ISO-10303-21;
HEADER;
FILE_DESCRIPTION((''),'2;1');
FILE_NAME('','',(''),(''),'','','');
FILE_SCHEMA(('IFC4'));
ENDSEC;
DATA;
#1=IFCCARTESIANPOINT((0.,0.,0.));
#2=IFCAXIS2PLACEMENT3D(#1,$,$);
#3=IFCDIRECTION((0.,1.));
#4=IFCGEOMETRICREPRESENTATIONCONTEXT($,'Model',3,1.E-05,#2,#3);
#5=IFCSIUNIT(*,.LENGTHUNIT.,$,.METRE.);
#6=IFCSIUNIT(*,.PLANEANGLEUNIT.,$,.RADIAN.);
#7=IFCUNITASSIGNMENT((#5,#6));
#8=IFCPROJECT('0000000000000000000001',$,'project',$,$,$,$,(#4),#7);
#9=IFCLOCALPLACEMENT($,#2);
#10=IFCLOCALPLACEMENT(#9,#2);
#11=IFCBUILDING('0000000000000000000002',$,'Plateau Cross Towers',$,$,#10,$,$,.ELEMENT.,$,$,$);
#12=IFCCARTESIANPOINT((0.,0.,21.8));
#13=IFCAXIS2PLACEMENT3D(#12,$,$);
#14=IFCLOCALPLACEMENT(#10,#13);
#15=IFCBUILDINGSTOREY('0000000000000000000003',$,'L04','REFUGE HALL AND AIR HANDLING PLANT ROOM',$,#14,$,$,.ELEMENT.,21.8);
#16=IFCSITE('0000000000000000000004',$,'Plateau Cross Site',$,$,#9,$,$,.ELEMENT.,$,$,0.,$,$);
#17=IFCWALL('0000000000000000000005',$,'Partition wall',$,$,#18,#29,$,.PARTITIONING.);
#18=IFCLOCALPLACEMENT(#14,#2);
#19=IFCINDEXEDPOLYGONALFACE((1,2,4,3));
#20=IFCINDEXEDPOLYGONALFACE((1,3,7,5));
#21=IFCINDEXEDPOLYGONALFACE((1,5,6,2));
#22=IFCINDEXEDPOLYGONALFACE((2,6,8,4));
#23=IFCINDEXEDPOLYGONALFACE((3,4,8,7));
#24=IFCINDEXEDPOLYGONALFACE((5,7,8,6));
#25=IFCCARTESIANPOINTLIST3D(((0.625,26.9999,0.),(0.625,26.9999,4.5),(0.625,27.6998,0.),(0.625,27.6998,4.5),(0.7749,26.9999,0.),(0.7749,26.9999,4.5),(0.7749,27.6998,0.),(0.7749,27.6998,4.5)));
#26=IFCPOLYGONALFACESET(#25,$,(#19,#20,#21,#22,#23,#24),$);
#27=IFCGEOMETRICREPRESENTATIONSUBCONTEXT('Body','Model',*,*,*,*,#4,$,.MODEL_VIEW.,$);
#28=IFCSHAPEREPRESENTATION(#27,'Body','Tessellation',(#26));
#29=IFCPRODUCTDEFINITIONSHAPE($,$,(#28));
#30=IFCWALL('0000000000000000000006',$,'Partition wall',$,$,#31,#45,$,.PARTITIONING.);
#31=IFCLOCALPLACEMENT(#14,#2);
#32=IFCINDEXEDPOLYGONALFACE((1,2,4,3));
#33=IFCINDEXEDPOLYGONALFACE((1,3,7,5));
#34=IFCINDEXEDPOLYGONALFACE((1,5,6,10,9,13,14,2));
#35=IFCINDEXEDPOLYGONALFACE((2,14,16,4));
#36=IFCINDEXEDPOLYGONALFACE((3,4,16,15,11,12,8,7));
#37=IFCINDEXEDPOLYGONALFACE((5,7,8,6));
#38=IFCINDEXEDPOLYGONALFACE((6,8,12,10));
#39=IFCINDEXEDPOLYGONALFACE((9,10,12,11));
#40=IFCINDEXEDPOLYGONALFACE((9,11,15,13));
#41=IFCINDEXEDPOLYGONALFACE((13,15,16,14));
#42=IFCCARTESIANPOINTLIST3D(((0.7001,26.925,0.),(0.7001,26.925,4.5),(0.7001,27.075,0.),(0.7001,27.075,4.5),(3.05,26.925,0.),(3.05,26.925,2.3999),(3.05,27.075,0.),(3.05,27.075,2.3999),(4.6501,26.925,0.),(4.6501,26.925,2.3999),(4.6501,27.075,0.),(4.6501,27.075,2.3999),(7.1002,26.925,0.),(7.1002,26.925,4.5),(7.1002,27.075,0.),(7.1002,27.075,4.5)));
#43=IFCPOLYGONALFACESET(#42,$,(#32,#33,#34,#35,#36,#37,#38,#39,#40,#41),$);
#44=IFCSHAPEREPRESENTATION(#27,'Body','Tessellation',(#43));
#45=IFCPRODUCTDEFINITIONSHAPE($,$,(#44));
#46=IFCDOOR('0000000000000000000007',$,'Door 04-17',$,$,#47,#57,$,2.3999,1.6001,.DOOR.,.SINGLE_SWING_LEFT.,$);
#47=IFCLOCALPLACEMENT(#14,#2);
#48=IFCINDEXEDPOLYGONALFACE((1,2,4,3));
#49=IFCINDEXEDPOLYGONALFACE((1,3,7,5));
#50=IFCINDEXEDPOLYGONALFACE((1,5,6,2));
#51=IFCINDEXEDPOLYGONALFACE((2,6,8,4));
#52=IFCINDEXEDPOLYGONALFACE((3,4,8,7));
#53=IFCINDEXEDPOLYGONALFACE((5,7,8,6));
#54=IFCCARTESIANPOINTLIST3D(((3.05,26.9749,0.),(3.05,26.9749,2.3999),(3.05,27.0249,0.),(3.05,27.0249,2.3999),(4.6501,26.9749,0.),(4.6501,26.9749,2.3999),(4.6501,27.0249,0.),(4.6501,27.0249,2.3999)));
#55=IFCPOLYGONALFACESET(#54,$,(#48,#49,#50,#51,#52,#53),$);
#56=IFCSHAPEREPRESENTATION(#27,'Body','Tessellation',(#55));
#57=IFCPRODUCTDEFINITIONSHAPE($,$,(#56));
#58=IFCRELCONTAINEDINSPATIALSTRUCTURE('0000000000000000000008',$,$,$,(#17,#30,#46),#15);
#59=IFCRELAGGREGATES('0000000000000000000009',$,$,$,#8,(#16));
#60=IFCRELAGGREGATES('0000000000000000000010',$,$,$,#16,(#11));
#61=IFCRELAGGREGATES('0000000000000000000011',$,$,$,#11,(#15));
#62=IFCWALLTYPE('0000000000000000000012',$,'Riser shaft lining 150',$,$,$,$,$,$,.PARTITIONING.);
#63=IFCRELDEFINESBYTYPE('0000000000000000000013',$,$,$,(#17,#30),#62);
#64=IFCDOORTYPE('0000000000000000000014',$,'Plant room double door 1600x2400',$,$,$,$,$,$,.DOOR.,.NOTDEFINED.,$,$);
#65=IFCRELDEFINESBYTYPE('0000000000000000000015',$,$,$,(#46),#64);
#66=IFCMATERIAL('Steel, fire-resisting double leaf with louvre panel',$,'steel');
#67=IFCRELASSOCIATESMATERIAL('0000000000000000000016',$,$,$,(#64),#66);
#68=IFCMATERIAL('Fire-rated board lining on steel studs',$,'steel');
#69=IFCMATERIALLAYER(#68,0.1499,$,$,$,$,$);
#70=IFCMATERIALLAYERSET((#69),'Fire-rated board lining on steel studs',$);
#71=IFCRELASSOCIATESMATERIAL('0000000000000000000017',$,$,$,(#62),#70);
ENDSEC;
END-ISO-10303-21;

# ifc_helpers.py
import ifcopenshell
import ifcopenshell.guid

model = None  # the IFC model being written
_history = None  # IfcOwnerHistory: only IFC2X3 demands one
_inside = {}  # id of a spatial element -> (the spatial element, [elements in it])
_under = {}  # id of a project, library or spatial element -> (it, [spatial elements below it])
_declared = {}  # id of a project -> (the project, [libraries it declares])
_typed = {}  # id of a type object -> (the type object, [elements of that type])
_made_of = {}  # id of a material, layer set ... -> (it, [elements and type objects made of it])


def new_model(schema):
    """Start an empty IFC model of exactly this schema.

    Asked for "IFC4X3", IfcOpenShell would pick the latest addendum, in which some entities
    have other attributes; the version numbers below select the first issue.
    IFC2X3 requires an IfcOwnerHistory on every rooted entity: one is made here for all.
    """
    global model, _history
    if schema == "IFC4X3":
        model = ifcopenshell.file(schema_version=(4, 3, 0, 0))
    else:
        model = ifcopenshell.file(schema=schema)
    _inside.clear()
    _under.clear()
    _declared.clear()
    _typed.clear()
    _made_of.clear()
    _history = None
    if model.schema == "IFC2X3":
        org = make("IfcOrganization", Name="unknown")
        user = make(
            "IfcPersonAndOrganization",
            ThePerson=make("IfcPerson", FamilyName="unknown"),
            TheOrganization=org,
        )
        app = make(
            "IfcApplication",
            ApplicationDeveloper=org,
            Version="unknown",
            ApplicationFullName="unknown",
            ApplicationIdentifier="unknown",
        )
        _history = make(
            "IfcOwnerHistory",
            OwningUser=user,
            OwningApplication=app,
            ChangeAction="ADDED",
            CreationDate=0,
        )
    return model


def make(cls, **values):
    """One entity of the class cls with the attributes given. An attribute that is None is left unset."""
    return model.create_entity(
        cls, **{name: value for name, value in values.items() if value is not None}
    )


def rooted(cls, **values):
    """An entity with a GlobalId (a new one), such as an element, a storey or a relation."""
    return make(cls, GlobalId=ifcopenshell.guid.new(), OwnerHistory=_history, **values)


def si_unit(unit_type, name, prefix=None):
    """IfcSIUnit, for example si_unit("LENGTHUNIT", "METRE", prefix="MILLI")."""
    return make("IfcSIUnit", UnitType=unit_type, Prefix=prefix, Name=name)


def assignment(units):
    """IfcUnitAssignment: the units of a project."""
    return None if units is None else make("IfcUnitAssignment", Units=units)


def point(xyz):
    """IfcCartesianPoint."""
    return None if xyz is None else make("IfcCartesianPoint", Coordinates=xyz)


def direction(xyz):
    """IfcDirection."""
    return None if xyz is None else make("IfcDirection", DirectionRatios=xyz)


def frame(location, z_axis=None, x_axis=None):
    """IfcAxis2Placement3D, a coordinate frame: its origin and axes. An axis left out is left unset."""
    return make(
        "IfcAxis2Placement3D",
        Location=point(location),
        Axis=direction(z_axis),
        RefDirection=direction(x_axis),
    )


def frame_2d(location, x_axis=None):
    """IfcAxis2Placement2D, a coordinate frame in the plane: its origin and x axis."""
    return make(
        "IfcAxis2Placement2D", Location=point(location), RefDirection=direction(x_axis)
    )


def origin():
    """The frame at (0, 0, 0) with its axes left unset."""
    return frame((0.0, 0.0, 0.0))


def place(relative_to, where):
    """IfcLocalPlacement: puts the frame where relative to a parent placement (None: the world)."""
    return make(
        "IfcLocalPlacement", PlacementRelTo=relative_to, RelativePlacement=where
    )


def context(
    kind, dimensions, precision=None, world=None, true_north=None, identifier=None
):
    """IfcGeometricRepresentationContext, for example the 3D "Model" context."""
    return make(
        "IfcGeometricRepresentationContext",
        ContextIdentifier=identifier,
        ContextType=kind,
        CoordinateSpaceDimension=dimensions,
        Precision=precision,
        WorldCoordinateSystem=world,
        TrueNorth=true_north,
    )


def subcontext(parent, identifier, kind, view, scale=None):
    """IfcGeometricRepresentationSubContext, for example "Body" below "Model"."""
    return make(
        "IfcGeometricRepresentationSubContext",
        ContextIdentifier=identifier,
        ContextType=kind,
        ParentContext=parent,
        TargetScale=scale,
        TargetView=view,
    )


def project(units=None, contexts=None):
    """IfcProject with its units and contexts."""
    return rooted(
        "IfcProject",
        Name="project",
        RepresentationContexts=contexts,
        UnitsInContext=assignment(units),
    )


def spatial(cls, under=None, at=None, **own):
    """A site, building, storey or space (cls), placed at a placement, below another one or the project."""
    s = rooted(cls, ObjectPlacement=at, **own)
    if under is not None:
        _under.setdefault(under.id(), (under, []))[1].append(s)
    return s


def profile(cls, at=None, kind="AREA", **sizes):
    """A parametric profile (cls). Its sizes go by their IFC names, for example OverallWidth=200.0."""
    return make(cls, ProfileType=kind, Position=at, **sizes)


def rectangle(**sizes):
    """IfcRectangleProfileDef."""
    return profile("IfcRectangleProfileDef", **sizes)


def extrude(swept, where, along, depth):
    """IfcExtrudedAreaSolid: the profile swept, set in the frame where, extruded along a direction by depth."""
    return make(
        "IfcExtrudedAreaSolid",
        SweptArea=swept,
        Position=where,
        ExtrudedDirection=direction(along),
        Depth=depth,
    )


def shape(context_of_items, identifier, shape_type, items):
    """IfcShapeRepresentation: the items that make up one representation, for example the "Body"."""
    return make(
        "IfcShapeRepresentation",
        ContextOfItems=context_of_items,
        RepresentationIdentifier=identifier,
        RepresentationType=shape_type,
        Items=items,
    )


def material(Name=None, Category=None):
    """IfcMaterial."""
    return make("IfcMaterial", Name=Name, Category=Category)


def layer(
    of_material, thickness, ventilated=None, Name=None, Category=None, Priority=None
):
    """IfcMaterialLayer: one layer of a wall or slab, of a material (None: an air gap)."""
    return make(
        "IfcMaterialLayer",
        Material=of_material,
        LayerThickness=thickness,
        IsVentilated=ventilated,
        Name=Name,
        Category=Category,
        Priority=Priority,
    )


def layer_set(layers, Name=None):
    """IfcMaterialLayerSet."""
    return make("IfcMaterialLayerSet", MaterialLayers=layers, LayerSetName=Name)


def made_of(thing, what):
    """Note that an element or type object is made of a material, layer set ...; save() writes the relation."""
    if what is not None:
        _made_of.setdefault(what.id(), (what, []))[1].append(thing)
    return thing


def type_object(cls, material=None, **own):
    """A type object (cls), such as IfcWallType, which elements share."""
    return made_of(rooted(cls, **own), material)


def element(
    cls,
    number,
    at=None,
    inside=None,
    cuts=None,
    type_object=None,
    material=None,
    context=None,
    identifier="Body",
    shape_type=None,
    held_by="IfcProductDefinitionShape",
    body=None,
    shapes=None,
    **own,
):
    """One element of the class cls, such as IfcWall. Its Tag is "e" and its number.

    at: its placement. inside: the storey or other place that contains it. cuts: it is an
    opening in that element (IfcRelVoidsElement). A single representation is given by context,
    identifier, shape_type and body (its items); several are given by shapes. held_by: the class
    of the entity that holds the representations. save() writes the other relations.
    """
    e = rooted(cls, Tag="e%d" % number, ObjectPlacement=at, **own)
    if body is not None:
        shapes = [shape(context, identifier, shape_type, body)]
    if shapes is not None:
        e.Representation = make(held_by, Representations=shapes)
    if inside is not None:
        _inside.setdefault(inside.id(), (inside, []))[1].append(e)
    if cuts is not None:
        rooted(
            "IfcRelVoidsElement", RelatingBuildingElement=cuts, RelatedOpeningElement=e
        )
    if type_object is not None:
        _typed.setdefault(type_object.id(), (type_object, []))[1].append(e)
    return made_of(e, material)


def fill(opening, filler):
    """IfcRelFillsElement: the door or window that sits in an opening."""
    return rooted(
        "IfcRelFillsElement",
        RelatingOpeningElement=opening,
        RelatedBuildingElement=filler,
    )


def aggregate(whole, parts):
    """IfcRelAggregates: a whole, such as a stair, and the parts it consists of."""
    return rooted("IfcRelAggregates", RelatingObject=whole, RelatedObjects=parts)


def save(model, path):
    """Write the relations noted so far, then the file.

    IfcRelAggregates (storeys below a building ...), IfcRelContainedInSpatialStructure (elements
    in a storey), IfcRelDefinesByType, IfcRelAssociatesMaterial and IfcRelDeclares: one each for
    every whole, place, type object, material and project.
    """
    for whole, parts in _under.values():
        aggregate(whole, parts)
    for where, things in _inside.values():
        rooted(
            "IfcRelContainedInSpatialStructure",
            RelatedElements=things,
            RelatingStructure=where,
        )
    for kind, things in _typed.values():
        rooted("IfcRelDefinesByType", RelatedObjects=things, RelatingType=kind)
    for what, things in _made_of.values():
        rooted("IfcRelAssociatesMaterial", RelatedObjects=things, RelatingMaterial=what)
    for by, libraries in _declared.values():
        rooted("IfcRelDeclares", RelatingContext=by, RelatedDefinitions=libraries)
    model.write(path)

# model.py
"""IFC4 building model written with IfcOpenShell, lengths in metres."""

from ifc_helpers import new_model, si_unit, direction, frame, frame_2d, origin, place, context, subcontext, project, spatial, rectangle, extrude, material, layer, layer_set, type_object, element, fill, save


model = new_model("IFC4")

# Units and contexts
model_context = context("Model", 3, precision=1e-05, world=origin(), true_north=direction((0.0, 1.0)))
body_context = subcontext(model_context, "Body", "Model", "MODEL_VIEW")
ifc_project = project(units=[si_unit("LENGTHUNIT", "METRE"), si_unit("PLANEANGLEUNIT", "RADIAN")], contexts=[model_context])

# Site, building, storey
site_placement = place(None, origin())
site = spatial("IfcSite", under=ifc_project, at=site_placement, Name="Plateau Cross Site", CompositionType="ELEMENT", RefElevation=0.0)
building_placement = place(site_placement, origin())
building = spatial("IfcBuilding", under=site, at=building_placement, Name="Plateau Cross Towers", CompositionType="ELEMENT")
storey_placement = place(building_placement, frame((0.0, 0.0, 21.8)))
storey = spatial("IfcBuildingStorey", under=building, at=storey_placement, Name="L04", Description="REFUGE HALL AND AIR HANDLING PLANT ROOM", CompositionType="ELEMENT", Elevation=21.8)

# Shared definitions
ifc_material_1 = material(Name="Steel, fire-resisting double leaf with louvre panel", Category="steel")
door_type_1 = type_object("IfcDoorType", Name="Plant room double door 1600x2400", OperationType="NOTDEFINED", PredefinedType="DOOR", material=ifc_material_1)

# Wall
ifc_material_2 = material(Name="Fire-rated board lining on steel studs", Category="steel")
ifc_layer_1 = layer(ifc_material_2, 0.1499)
ifc_layer_set_1 = layer_set([ifc_layer_1], Name="Fire-rated board lining on steel studs")
wall_type_1 = type_object("IfcWallType", Name="Riser shaft lining 150", PredefinedType="PARTITIONING", material=ifc_layer_set_1)
for number, where, z_axis, x_axis, name in (
    (1, (0.7, 27.7, 0.0), (0.0, 0.0, 1.0), (0.0, -1.0, 0.0), "Partition wall"),
):
    element("IfcWall", number, at=place(storey_placement, frame(where, z_axis=z_axis, x_axis=x_axis)), inside=storey, type_object=wall_type_1, Name=name, PredefinedType="PARTITIONING", context=body_context, shape_type="SweptSolid", body=[
        extrude(rectangle(XDim=0.7, YDim=0.1499, at=frame_2d((0.3501, 0.0))), origin(), (0.0, 0.0, 1.0), 4.5),
    ])

# Wall, opening, door
wall_1_placement = place(storey_placement, frame((0.7, 27.0, 0.0), z_axis=(0.0, 0.0, 1.0), x_axis=(1.0, 0.0, 0.0)))
wall_1 = element("IfcWall", 2, at=wall_1_placement, inside=storey, type_object=wall_type_1, Name="Partition wall", PredefinedType="PARTITIONING", context=body_context, shape_type="SweptSolid", body=[
    extrude(rectangle(XDim=6.4001, YDim=0.1499, at=frame_2d((3.2002, 0.0))), origin(), (0.0, 0.0, 1.0), 4.5),
])
opening_1_placement = place(wall_1_placement, frame((2.3501, 0.0, 0.0)))
opening_1 = element("IfcOpeningElement", 3, at=opening_1_placement, cuts=wall_1, PredefinedType="OPENING", context=body_context, shape_type="SweptSolid", body=[
    extrude(rectangle(XDim=1.6001, YDim=2.3999, at=frame_2d((0.8, 1.2))), frame((0.0, 0.085, 0.0), z_axis=(0.0, -1.0, 0.0), x_axis=(1.0, 0.0, 0.0)), (0.0, 0.0, 1.0), 0.1699),
])
door_1_placement = place(opening_1_placement, origin())
door_1 = element("IfcDoor", 4, at=door_1_placement, inside=storey, type_object=door_type_1, Name="Door 04-17", OperationType="SINGLE_SWING_LEFT", OverallHeight=2.3999, OverallWidth=1.6001, PredefinedType="DOOR", context=body_context, shape_type="SweptSolid", body=[
    extrude(rectangle(XDim=1.6001, YDim=2.3999, at=frame_2d((0.8, 1.2))), frame((0.0, 0.0249, 0.0), z_axis=(0.0, -1.0, 0.0), x_axis=(1.0, 0.0, 0.0)), (0.0, 0.0, 1.0), 0.05),
])
fill(opening_1, door_1)

save(model, "model.ifc")
